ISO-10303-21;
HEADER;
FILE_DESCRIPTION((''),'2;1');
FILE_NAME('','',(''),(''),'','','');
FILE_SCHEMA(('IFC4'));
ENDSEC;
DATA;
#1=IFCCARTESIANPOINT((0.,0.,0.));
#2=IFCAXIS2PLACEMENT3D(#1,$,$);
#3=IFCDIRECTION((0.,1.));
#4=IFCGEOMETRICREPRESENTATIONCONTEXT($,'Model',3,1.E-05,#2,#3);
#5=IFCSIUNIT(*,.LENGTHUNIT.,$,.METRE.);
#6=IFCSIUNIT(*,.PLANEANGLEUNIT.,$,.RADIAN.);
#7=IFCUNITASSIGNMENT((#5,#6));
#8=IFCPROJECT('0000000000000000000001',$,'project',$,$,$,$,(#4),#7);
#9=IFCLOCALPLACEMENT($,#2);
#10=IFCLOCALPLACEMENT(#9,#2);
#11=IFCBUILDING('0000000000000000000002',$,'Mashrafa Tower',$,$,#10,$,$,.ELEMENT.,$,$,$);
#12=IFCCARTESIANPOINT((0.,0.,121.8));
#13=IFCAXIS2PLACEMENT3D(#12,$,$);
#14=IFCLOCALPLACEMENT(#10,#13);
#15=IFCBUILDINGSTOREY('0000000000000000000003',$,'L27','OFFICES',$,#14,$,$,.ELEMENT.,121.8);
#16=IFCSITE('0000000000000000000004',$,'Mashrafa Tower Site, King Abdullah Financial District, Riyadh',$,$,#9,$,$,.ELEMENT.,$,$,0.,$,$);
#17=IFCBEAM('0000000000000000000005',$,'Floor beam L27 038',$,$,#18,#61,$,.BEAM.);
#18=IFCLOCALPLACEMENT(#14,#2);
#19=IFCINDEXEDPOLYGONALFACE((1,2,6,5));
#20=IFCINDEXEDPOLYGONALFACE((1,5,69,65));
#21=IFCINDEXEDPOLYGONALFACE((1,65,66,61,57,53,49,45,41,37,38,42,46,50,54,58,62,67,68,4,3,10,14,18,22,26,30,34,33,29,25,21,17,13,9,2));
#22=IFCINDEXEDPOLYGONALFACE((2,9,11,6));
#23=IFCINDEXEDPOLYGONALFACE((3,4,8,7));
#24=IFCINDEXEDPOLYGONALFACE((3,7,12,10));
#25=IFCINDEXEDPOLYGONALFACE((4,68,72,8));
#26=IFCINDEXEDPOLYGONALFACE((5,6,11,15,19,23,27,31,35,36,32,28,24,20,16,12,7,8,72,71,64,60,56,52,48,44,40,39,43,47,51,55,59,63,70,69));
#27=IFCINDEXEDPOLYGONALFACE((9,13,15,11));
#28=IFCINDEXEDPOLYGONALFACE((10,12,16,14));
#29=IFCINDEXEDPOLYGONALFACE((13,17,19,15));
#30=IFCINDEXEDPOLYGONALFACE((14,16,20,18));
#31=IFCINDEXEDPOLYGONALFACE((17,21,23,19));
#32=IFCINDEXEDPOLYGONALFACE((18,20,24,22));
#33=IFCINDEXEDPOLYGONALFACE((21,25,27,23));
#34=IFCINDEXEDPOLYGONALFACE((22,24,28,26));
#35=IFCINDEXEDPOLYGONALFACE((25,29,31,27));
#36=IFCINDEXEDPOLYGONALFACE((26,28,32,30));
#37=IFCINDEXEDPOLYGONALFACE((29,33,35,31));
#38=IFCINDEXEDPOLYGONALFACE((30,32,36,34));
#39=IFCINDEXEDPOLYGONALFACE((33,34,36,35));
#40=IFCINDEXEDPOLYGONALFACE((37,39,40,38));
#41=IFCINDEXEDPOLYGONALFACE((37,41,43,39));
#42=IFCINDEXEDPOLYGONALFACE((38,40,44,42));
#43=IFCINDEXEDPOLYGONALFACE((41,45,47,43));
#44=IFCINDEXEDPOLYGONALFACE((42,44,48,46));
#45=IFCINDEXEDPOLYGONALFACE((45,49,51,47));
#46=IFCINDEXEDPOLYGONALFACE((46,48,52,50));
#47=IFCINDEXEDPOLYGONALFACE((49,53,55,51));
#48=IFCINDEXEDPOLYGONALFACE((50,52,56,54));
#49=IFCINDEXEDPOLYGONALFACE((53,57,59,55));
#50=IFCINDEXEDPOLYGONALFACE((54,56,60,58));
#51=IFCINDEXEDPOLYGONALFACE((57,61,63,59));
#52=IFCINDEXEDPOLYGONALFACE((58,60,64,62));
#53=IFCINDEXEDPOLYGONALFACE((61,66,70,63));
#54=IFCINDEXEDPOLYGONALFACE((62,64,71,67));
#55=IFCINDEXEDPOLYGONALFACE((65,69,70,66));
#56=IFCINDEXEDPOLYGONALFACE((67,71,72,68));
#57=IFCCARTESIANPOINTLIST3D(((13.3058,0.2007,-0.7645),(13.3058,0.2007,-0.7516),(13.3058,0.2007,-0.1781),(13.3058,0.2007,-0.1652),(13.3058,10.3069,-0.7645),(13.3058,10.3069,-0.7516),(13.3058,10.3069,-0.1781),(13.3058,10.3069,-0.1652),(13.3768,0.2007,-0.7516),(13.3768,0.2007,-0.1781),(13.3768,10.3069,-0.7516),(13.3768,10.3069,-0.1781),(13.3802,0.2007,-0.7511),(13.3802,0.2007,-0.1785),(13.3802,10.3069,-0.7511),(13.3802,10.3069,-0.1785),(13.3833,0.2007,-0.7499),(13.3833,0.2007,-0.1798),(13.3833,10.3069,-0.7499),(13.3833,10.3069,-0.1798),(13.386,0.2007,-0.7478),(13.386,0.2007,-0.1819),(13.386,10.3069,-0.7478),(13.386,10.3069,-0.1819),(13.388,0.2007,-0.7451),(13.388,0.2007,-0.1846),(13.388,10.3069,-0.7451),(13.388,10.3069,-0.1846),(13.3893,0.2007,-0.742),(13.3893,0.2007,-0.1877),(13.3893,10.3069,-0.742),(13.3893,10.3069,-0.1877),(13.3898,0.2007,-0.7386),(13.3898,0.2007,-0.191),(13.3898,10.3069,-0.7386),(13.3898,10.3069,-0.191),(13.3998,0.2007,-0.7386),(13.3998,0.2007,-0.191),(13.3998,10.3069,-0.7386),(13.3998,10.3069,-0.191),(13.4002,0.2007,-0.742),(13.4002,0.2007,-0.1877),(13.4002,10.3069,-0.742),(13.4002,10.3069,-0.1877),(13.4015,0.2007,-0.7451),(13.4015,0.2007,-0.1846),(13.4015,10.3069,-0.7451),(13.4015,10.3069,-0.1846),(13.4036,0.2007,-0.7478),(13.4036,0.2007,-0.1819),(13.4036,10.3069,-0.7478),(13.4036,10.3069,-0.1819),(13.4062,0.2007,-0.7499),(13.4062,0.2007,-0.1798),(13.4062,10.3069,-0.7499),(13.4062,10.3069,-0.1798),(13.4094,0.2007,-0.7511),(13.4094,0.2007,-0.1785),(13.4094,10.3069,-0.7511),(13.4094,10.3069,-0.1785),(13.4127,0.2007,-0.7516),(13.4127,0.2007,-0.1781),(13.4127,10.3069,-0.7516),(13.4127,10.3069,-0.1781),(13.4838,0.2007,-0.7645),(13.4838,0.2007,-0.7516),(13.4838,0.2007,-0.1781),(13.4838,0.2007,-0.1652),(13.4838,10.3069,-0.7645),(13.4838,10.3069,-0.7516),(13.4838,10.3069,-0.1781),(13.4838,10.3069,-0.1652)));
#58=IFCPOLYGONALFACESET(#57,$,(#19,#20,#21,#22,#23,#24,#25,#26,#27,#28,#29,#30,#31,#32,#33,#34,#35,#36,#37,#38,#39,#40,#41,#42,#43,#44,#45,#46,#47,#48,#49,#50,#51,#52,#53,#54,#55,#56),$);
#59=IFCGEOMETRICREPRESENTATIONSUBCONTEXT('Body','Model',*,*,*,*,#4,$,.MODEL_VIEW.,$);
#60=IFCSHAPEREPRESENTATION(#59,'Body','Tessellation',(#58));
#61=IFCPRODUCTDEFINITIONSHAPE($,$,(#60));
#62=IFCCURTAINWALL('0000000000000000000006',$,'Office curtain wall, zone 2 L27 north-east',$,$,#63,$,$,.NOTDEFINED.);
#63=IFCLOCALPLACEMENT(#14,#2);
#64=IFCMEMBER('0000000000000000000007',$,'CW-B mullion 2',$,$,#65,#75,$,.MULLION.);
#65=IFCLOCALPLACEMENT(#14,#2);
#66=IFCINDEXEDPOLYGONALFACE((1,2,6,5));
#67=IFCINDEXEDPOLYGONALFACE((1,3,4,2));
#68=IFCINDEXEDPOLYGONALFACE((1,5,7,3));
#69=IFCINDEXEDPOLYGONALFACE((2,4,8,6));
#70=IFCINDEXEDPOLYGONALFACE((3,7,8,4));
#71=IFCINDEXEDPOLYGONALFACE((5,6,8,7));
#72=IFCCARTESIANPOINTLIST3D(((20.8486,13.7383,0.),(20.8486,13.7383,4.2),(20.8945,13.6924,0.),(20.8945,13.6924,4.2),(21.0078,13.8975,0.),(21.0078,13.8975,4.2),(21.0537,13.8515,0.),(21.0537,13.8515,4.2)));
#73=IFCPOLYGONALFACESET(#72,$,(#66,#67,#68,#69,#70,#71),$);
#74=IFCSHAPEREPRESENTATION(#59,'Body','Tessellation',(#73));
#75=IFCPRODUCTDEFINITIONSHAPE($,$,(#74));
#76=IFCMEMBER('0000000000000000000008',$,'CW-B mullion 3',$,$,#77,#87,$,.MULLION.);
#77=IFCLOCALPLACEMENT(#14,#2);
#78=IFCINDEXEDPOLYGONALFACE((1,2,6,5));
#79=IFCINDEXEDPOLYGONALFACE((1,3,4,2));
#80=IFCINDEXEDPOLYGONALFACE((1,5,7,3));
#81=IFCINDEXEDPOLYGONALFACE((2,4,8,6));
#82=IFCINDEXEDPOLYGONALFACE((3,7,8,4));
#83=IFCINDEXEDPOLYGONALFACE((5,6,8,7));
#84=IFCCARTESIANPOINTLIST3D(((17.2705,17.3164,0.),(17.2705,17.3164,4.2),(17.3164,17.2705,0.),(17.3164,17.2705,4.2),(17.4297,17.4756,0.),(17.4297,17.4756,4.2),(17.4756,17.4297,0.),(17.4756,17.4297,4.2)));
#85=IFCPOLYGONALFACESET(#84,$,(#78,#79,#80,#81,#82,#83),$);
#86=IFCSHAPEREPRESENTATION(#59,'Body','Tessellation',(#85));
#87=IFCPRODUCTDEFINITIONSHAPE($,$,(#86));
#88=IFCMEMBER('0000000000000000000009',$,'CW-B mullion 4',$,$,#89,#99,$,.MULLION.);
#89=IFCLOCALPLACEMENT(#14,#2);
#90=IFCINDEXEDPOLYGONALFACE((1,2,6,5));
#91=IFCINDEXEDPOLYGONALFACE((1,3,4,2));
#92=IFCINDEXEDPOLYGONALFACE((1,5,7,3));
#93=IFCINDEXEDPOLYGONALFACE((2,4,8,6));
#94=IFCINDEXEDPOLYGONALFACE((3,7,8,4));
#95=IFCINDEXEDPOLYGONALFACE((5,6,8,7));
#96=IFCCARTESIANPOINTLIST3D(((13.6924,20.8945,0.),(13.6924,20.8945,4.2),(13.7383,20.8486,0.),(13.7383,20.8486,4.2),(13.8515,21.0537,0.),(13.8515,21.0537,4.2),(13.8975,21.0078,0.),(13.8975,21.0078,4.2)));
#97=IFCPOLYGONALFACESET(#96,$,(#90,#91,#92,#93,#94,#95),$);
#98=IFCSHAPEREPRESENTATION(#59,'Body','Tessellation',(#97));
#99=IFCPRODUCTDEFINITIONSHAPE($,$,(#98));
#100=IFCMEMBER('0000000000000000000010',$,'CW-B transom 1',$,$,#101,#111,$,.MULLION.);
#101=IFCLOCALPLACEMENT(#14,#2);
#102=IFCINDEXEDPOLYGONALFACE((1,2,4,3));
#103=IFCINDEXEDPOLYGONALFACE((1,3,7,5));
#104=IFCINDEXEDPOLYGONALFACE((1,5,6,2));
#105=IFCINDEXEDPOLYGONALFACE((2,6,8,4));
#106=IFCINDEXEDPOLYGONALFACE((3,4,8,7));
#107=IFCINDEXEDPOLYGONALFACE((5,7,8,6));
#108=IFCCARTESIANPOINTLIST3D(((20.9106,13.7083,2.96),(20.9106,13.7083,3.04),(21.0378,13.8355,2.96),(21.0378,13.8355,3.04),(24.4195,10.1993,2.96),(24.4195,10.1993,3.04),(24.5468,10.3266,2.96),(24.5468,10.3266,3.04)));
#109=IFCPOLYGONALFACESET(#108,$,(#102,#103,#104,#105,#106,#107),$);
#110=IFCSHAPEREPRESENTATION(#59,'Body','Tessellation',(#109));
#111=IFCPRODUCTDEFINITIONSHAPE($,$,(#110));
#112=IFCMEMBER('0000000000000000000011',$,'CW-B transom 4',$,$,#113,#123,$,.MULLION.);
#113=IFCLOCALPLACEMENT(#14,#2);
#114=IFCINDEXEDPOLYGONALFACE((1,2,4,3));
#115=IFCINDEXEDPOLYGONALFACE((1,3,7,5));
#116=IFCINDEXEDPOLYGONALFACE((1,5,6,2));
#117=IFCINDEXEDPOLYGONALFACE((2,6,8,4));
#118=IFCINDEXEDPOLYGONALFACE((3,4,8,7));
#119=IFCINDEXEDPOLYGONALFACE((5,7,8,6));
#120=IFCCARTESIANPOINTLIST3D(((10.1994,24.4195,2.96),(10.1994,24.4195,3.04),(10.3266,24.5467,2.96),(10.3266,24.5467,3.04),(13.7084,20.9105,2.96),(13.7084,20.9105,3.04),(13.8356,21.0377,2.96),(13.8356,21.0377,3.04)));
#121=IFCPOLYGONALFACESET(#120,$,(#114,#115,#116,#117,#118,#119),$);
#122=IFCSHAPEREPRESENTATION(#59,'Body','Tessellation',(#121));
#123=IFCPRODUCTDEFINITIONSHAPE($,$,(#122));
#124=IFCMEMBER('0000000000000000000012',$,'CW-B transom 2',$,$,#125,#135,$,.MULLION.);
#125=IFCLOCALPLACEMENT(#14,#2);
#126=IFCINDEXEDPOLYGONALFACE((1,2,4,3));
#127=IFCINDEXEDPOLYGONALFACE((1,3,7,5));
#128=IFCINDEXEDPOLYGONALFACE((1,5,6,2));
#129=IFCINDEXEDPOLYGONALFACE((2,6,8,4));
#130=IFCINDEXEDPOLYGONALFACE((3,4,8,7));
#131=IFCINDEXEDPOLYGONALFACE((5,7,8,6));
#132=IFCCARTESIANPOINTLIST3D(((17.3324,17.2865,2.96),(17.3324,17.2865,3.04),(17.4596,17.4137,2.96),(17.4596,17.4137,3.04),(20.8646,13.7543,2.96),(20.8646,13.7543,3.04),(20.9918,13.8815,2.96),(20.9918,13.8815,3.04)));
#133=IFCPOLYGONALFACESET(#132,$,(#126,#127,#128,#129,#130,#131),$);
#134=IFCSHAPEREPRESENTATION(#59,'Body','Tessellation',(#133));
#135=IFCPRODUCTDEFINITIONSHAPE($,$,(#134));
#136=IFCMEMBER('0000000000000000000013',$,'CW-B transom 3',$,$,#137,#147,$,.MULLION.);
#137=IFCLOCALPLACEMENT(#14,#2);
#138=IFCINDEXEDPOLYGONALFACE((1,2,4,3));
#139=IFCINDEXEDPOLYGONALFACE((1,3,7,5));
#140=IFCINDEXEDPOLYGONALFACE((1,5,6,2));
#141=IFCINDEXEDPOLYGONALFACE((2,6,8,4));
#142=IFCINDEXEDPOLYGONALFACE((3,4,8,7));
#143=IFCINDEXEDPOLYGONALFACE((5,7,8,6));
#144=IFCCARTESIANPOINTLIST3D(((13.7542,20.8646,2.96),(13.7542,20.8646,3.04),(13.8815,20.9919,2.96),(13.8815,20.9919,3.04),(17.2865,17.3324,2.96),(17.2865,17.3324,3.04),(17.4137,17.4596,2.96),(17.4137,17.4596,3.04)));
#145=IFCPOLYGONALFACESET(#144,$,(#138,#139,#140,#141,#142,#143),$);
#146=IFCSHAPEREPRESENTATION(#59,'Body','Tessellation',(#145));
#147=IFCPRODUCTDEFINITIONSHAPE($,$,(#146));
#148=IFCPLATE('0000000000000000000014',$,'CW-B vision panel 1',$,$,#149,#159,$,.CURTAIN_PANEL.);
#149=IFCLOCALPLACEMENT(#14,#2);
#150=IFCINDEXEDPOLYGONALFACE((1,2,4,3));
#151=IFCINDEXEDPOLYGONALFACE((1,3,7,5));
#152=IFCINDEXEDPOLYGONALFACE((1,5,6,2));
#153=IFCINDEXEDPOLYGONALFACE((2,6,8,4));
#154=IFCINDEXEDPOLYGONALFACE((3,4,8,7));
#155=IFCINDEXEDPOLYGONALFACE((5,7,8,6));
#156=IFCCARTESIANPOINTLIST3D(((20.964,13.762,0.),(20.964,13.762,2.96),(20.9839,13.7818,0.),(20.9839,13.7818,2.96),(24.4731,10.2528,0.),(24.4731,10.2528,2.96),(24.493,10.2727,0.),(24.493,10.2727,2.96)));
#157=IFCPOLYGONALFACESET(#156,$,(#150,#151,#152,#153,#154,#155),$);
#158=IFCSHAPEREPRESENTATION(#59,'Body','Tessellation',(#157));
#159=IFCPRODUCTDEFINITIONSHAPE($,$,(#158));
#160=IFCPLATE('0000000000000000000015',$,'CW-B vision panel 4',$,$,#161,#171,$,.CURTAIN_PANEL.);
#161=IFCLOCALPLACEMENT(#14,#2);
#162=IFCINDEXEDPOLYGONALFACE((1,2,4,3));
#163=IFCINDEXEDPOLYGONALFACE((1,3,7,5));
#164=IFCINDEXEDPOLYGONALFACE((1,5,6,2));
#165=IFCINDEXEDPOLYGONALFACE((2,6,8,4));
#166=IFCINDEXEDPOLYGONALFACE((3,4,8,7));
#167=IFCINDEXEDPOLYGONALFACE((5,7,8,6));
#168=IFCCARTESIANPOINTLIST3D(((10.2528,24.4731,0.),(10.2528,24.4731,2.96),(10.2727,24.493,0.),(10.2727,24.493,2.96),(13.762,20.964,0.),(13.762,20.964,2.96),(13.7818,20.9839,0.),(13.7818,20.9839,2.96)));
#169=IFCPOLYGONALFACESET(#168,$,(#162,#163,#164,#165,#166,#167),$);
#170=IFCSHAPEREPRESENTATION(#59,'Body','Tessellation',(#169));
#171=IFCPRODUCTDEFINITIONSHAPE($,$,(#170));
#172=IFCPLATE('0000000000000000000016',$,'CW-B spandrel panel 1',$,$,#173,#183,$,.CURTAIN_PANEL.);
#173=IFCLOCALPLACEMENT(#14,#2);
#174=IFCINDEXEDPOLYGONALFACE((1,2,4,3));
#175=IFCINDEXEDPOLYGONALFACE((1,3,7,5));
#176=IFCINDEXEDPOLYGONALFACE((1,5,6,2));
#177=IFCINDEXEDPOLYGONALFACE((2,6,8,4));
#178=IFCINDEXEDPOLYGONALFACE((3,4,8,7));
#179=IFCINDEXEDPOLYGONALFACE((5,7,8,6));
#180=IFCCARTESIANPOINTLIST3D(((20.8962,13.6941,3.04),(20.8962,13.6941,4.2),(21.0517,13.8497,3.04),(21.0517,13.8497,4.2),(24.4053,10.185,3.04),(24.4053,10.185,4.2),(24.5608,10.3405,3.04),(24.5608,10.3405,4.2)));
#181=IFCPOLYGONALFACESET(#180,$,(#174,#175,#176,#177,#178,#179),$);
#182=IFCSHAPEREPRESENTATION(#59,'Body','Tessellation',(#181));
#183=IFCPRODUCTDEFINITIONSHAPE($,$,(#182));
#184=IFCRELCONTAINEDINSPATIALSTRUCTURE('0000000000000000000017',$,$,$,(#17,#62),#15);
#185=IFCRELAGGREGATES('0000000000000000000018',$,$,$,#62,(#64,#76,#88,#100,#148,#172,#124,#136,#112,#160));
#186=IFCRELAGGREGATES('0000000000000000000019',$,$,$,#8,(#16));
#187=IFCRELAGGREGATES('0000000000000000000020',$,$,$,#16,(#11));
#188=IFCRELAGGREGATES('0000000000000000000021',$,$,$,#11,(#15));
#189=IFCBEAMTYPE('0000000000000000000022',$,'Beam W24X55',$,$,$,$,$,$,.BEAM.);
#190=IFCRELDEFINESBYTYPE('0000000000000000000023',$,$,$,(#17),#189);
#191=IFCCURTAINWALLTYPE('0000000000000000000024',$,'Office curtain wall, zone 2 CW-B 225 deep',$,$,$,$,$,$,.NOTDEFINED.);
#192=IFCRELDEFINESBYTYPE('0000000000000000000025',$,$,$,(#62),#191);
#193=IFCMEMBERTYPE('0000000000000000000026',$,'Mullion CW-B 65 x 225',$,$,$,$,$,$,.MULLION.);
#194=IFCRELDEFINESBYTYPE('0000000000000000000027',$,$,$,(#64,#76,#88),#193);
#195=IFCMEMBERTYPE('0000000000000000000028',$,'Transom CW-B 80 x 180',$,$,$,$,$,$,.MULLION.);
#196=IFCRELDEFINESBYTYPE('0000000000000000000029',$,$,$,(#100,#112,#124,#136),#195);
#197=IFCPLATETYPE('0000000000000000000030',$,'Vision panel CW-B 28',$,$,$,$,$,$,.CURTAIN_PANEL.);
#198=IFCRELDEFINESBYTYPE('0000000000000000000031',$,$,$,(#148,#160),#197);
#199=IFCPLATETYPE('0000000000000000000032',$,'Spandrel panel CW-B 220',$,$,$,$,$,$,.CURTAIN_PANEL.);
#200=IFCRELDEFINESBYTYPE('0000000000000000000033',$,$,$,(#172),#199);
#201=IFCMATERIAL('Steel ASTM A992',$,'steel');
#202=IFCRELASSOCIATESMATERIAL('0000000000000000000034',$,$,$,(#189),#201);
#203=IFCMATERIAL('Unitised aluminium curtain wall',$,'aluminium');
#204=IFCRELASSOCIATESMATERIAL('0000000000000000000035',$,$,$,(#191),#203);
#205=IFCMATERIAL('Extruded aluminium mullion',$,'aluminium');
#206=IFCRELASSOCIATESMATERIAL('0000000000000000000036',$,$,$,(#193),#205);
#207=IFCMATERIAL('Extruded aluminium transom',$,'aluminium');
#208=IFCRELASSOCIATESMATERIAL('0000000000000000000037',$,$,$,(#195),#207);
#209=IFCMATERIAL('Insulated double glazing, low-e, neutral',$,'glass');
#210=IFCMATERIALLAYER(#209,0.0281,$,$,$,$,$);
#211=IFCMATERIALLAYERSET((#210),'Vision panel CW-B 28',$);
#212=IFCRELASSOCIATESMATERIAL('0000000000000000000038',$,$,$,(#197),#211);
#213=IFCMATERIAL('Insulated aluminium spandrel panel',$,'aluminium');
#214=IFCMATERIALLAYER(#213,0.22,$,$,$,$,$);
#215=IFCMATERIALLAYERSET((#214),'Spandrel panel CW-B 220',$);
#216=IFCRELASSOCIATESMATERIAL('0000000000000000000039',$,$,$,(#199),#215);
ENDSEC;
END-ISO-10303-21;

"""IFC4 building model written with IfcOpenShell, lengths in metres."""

from ifc_helpers import new_model, si_unit, direction, frame, origin, origin_2d, place, context, subcontext, project, spatial, rectangle, i_section, extrude, source, transform, mapped, material, layer, layer_set, material_profile, profile_set, type_object, type_shapes, element, aggregate, save


model = new_model("IFC4")

# Units and contexts
model_context = context("Model", 3, precision=1e-05, world=origin(), true_north=direction((0.0, 1.0)))
body_context = subcontext(model_context, "Body", "Model", "MODEL_VIEW")
ifc_project = project(units=[si_unit("LENGTHUNIT", "METRE"), si_unit("PLANEANGLEUNIT", "RADIAN")], contexts=[model_context])

# Site, building, storey
site_placement = place(None, origin())
site = spatial("IfcSite", under=ifc_project, at=site_placement, Name="Mashrafa Tower Site, King Abdullah Financial District, Riyadh", CompositionType="ELEMENT", RefElevation=0.0)
building_placement = place(site_placement, origin())
building = spatial("IfcBuilding", under=site, at=building_placement, Name="Mashrafa Tower", CompositionType="ELEMENT")
storey_placement = place(building_placement, frame((0.0, 0.0, 121.8)))
storey = spatial("IfcBuildingStorey", under=building, at=storey_placement, Name="L27", Description="OFFICES", CompositionType="ELEMENT", Elevation=121.8)

# Beam
ifc_material_1 = material(Name="Steel ASTM A992", Category="steel")
ifc_material_profile_1 = material_profile(ifc_material_1, i_section(OverallWidth=0.178, OverallDepth=0.5994, WebThickness=0.01, FlangeThickness=0.0129, FilletRadius=0.0129, at=origin_2d()), Name="W24X55")
ifc_profile_set_1 = profile_set([ifc_material_profile_1], Name="Steel ASTM A992")
beam_type_1 = type_object("IfcBeamType", Name="Beam W24X55", PredefinedType="BEAM", material=ifc_profile_set_1)
beam_1_placement = place(storey_placement, frame((13.3948, 10.3069, -0.4648), z_axis=(0.0, -1.0, 0.0), x_axis=(1.0, 0.0, 0.0)))
element("IfcBeam", 1, at=beam_1_placement, inside=storey, type_object=beam_type_1, Name="Floor beam L27 038", PredefinedType="BEAM", context=body_context, shape_type="SweptSolid", body=[
    extrude(i_section(OverallWidth=0.178, OverallDepth=0.5994, WebThickness=0.01, FlangeThickness=0.0129, FilletRadius=0.0129, at=origin_2d()), origin(), (0.0, 0.0, 1.0), 10.1062),
])

# Curtain wall, members, plates
ifc_material_2 = material(Name="Unitised aluminium curtain wall", Category="aluminium")
curtain_wall_type = type_object("IfcCurtainWallType", Name="Office curtain wall, zone 2 CW-B 225 deep", PredefinedType="NOTDEFINED", material=ifc_material_2)
curtain_wall_placement = place(storey_placement, origin())
curtain_wall = element("IfcCurtainWall", 2, at=curtain_wall_placement, inside=storey, type_object=curtain_wall_type, Name="Office curtain wall, zone 2 L27 north-east", PredefinedType="NOTDEFINED")
ifc_material_3 = material(Name="Extruded aluminium mullion", Category="aluminium")
ifc_material_profile_2 = material_profile(ifc_material_3, rectangle(XDim=0.2251, YDim=0.0649, at=origin_2d()), Name="Mullion 65x225")
ifc_profile_set_2 = profile_set([ifc_material_profile_2], Name="Extruded aluminium mullion")
member_type_1 = type_object("IfcMemberType", Name="Mullion CW-B 65 x 225", PredefinedType="MULLION", material=ifc_profile_set_2)
shared_shape_1 = source(origin(), body_context, "Body", "SweptSolid", [
    extrude(rectangle(XDim=0.2251, YDim=0.0649, at=origin_2d()), origin(), (0.0, 0.0, 1.0), 4.2),
])
type_shapes(member_type_1, [shared_shape_1])
member_1_placement = place(storey_placement, frame((20.9512, 13.7949, 0.0), z_axis=(0.0, 0.0, 1.0), x_axis=(-0.707107, -0.707107, 0.0)))
member_1 = element("IfcMember", 3, at=member_1_placement, type_object=member_type_1, Name="CW-B mullion 2", PredefinedType="MULLION", context=body_context, shape_type="MappedRepresentation", body=[
    mapped(shared_shape_1, transform((0.0, 0.0, 0.0))),
])
member_2_placement = place(storey_placement, frame((17.373, 17.373, 0.0), z_axis=(0.0, 0.0, 1.0), x_axis=(-0.707107, -0.707107, 0.0)))
member_2 = element("IfcMember", 4, at=member_2_placement, type_object=member_type_1, Name="CW-B mullion 3", PredefinedType="MULLION", context=body_context, shape_type="MappedRepresentation", body=[
    mapped(shared_shape_1, transform((0.0, 0.0, 0.0))),
])
member_3_placement = place(storey_placement, frame((13.7949, 20.9512, 0.0), z_axis=(0.0, 0.0, 1.0), x_axis=(-0.707107, -0.707107, 0.0)))
member_3 = element("IfcMember", 5, at=member_3_placement, type_object=member_type_1, Name="CW-B mullion 4", PredefinedType="MULLION", context=body_context, shape_type="MappedRepresentation", body=[
    mapped(shared_shape_1, transform((0.0, 0.0, 0.0))),
])
ifc_material_4 = material(Name="Extruded aluminium transom", Category="aluminium")
ifc_material_profile_3 = material_profile(ifc_material_4, rectangle(XDim=0.1799, YDim=0.0801, at=origin_2d()), Name="Transom 80x180")
ifc_profile_set_3 = profile_set([ifc_material_profile_3], Name="Extruded aluminium transom")
member_type_2 = type_object("IfcMemberType", Name="Transom CW-B 80 x 180", PredefinedType="MULLION", material=ifc_profile_set_3)
shared_shape_2 = source(origin(), body_context, "Body", "SweptSolid", [
    extrude(rectangle(XDim=0.1799, YDim=0.0801, at=origin_2d()), origin(), (0.0, 0.0, 1.0), 4.9624),
])
member_4_placement = place(storey_placement, frame((24.4832, 10.2629, 3.0), z_axis=(-0.707107, 0.707107, 0.0), x_axis=(-0.707107, -0.707107, 0.0)))
member_4 = element("IfcMember", 6, at=member_4_placement, type_object=member_type_2, Name="CW-B transom 1", PredefinedType="MULLION", context=body_context, shape_type="MappedRepresentation", body=[
    mapped(shared_shape_2, transform((0.0, 0.0, 0.0))),
])
member_5_placement = place(storey_placement, frame((13.772, 20.9741, 3.0), z_axis=(-0.707107, 0.707107, 0.0), x_axis=(-0.707107, -0.707107, 0.0)))
member_5 = element("IfcMember", 7, at=member_5_placement, type_object=member_type_2, Name="CW-B transom 4", PredefinedType="MULLION", context=body_context, shape_type="MappedRepresentation", body=[
    mapped(shared_shape_2, transform((0.0, 0.0, 0.0))),
])
shared_shape_3 = source(origin(), body_context, "Body", "SweptSolid", [
    extrude(rectangle(XDim=0.1799, YDim=0.0801, at=origin_2d()), origin(), (0.0, 0.0, 1.0), 4.9954),
])
type_shapes(member_type_2, [shared_shape_2, shared_shape_3])
member_6_placement = place(storey_placement, frame((20.9282, 13.8179, 3.0), z_axis=(-0.707107, 0.707107, 0.0), x_axis=(-0.707107, -0.707107, 0.0)))
member_6 = element("IfcMember", 8, at=member_6_placement, type_object=member_type_2, Name="CW-B transom 2", PredefinedType="MULLION", context=body_context, shape_type="MappedRepresentation", body=[
    mapped(shared_shape_3, transform((0.0, 0.0, 0.0))),
])
member_7_placement = place(storey_placement, frame((17.3501, 17.396, 3.0), z_axis=(-0.707107, 0.707107, 0.0), x_axis=(-0.707107, -0.707107, 0.0)))
member_7 = element("IfcMember", 9, at=member_7_placement, type_object=member_type_2, Name="CW-B transom 3", PredefinedType="MULLION", context=body_context, shape_type="MappedRepresentation", body=[
    mapped(shared_shape_3, transform((0.0, 0.0, 0.0))),
])
ifc_material_5 = material(Name="Insulated double glazing, low-e, neutral", Category="glass")
ifc_layer_1 = layer(ifc_material_5, 0.0281)
ifc_layer_set_1 = layer_set([ifc_layer_1], Name="Vision panel CW-B 28")
plate_type_1 = type_object("IfcPlateType", Name="Vision panel CW-B 28", PredefinedType="CURTAIN_PANEL", material=ifc_layer_set_1)
shared_shape_4 = source(origin(), body_context, "Body", "SweptSolid", [
    extrude(rectangle(XDim=4.9626, YDim=0.0281, at=origin_2d()), origin(), (0.0, 0.0, 1.0), 2.96),
])
plate_1_placement = place(storey_placement, frame((22.7285, 12.0173, 0.0), z_axis=(0.0, 0.0, 1.0), x_axis=(-0.707107, 0.707107, 0.0)))
plate_1 = element("IfcPlate", 10, at=plate_1_placement, type_object=plate_type_1, Name="CW-B vision panel 1", PredefinedType="CURTAIN_PANEL", context=body_context, shape_type="MappedRepresentation", body=[
    mapped(shared_shape_4, transform((0.0, 0.0, 0.0))),
])
plate_2_placement = place(storey_placement, frame((12.0173, 22.7285, 0.0), z_axis=(0.0, 0.0, 1.0), x_axis=(-0.707107, 0.707107, 0.0)))
plate_2 = element("IfcPlate", 11, at=plate_2_placement, type_object=plate_type_1, Name="CW-B vision panel 4", PredefinedType="CURTAIN_PANEL", context=body_context, shape_type="MappedRepresentation", body=[
    mapped(shared_shape_4, transform((0.0, 0.0, 0.0))),
])
ifc_material_6 = material(Name="Insulated aluminium spandrel panel", Category="aluminium")
ifc_layer_2 = layer(ifc_material_6, 0.22)
ifc_layer_set_2 = layer_set([ifc_layer_2], Name="Spandrel panel CW-B 220")
plate_type_2 = type_object("IfcPlateType", Name="Spandrel panel CW-B 220", PredefinedType="CURTAIN_PANEL", material=ifc_layer_set_2)
shared_shape_5 = source(origin(), body_context, "Body", "SweptSolid", [
    extrude(rectangle(XDim=4.9626, YDim=0.22, at=origin_2d()), origin(), (0.0, 0.0, 1.0), 1.1599),
])
plate_3_placement = place(storey_placement, frame((22.7285, 12.0173, 3.04), z_axis=(0.0, 0.0, 1.0), x_axis=(-0.707107, 0.707107, 0.0)))
plate_3 = element("IfcPlate", 12, at=plate_3_placement, type_object=plate_type_2, Name="CW-B spandrel panel 1", PredefinedType="CURTAIN_PANEL", context=body_context, shape_type="MappedRepresentation", body=[
    mapped(shared_shape_5, transform((0.0, 0.0, 0.0))),
])
aggregate(curtain_wall, [member_1, member_2, member_3, member_4, plate_1, plate_3, member_6, member_7, member_5, plate_2])

save(model, "model.ifc")
